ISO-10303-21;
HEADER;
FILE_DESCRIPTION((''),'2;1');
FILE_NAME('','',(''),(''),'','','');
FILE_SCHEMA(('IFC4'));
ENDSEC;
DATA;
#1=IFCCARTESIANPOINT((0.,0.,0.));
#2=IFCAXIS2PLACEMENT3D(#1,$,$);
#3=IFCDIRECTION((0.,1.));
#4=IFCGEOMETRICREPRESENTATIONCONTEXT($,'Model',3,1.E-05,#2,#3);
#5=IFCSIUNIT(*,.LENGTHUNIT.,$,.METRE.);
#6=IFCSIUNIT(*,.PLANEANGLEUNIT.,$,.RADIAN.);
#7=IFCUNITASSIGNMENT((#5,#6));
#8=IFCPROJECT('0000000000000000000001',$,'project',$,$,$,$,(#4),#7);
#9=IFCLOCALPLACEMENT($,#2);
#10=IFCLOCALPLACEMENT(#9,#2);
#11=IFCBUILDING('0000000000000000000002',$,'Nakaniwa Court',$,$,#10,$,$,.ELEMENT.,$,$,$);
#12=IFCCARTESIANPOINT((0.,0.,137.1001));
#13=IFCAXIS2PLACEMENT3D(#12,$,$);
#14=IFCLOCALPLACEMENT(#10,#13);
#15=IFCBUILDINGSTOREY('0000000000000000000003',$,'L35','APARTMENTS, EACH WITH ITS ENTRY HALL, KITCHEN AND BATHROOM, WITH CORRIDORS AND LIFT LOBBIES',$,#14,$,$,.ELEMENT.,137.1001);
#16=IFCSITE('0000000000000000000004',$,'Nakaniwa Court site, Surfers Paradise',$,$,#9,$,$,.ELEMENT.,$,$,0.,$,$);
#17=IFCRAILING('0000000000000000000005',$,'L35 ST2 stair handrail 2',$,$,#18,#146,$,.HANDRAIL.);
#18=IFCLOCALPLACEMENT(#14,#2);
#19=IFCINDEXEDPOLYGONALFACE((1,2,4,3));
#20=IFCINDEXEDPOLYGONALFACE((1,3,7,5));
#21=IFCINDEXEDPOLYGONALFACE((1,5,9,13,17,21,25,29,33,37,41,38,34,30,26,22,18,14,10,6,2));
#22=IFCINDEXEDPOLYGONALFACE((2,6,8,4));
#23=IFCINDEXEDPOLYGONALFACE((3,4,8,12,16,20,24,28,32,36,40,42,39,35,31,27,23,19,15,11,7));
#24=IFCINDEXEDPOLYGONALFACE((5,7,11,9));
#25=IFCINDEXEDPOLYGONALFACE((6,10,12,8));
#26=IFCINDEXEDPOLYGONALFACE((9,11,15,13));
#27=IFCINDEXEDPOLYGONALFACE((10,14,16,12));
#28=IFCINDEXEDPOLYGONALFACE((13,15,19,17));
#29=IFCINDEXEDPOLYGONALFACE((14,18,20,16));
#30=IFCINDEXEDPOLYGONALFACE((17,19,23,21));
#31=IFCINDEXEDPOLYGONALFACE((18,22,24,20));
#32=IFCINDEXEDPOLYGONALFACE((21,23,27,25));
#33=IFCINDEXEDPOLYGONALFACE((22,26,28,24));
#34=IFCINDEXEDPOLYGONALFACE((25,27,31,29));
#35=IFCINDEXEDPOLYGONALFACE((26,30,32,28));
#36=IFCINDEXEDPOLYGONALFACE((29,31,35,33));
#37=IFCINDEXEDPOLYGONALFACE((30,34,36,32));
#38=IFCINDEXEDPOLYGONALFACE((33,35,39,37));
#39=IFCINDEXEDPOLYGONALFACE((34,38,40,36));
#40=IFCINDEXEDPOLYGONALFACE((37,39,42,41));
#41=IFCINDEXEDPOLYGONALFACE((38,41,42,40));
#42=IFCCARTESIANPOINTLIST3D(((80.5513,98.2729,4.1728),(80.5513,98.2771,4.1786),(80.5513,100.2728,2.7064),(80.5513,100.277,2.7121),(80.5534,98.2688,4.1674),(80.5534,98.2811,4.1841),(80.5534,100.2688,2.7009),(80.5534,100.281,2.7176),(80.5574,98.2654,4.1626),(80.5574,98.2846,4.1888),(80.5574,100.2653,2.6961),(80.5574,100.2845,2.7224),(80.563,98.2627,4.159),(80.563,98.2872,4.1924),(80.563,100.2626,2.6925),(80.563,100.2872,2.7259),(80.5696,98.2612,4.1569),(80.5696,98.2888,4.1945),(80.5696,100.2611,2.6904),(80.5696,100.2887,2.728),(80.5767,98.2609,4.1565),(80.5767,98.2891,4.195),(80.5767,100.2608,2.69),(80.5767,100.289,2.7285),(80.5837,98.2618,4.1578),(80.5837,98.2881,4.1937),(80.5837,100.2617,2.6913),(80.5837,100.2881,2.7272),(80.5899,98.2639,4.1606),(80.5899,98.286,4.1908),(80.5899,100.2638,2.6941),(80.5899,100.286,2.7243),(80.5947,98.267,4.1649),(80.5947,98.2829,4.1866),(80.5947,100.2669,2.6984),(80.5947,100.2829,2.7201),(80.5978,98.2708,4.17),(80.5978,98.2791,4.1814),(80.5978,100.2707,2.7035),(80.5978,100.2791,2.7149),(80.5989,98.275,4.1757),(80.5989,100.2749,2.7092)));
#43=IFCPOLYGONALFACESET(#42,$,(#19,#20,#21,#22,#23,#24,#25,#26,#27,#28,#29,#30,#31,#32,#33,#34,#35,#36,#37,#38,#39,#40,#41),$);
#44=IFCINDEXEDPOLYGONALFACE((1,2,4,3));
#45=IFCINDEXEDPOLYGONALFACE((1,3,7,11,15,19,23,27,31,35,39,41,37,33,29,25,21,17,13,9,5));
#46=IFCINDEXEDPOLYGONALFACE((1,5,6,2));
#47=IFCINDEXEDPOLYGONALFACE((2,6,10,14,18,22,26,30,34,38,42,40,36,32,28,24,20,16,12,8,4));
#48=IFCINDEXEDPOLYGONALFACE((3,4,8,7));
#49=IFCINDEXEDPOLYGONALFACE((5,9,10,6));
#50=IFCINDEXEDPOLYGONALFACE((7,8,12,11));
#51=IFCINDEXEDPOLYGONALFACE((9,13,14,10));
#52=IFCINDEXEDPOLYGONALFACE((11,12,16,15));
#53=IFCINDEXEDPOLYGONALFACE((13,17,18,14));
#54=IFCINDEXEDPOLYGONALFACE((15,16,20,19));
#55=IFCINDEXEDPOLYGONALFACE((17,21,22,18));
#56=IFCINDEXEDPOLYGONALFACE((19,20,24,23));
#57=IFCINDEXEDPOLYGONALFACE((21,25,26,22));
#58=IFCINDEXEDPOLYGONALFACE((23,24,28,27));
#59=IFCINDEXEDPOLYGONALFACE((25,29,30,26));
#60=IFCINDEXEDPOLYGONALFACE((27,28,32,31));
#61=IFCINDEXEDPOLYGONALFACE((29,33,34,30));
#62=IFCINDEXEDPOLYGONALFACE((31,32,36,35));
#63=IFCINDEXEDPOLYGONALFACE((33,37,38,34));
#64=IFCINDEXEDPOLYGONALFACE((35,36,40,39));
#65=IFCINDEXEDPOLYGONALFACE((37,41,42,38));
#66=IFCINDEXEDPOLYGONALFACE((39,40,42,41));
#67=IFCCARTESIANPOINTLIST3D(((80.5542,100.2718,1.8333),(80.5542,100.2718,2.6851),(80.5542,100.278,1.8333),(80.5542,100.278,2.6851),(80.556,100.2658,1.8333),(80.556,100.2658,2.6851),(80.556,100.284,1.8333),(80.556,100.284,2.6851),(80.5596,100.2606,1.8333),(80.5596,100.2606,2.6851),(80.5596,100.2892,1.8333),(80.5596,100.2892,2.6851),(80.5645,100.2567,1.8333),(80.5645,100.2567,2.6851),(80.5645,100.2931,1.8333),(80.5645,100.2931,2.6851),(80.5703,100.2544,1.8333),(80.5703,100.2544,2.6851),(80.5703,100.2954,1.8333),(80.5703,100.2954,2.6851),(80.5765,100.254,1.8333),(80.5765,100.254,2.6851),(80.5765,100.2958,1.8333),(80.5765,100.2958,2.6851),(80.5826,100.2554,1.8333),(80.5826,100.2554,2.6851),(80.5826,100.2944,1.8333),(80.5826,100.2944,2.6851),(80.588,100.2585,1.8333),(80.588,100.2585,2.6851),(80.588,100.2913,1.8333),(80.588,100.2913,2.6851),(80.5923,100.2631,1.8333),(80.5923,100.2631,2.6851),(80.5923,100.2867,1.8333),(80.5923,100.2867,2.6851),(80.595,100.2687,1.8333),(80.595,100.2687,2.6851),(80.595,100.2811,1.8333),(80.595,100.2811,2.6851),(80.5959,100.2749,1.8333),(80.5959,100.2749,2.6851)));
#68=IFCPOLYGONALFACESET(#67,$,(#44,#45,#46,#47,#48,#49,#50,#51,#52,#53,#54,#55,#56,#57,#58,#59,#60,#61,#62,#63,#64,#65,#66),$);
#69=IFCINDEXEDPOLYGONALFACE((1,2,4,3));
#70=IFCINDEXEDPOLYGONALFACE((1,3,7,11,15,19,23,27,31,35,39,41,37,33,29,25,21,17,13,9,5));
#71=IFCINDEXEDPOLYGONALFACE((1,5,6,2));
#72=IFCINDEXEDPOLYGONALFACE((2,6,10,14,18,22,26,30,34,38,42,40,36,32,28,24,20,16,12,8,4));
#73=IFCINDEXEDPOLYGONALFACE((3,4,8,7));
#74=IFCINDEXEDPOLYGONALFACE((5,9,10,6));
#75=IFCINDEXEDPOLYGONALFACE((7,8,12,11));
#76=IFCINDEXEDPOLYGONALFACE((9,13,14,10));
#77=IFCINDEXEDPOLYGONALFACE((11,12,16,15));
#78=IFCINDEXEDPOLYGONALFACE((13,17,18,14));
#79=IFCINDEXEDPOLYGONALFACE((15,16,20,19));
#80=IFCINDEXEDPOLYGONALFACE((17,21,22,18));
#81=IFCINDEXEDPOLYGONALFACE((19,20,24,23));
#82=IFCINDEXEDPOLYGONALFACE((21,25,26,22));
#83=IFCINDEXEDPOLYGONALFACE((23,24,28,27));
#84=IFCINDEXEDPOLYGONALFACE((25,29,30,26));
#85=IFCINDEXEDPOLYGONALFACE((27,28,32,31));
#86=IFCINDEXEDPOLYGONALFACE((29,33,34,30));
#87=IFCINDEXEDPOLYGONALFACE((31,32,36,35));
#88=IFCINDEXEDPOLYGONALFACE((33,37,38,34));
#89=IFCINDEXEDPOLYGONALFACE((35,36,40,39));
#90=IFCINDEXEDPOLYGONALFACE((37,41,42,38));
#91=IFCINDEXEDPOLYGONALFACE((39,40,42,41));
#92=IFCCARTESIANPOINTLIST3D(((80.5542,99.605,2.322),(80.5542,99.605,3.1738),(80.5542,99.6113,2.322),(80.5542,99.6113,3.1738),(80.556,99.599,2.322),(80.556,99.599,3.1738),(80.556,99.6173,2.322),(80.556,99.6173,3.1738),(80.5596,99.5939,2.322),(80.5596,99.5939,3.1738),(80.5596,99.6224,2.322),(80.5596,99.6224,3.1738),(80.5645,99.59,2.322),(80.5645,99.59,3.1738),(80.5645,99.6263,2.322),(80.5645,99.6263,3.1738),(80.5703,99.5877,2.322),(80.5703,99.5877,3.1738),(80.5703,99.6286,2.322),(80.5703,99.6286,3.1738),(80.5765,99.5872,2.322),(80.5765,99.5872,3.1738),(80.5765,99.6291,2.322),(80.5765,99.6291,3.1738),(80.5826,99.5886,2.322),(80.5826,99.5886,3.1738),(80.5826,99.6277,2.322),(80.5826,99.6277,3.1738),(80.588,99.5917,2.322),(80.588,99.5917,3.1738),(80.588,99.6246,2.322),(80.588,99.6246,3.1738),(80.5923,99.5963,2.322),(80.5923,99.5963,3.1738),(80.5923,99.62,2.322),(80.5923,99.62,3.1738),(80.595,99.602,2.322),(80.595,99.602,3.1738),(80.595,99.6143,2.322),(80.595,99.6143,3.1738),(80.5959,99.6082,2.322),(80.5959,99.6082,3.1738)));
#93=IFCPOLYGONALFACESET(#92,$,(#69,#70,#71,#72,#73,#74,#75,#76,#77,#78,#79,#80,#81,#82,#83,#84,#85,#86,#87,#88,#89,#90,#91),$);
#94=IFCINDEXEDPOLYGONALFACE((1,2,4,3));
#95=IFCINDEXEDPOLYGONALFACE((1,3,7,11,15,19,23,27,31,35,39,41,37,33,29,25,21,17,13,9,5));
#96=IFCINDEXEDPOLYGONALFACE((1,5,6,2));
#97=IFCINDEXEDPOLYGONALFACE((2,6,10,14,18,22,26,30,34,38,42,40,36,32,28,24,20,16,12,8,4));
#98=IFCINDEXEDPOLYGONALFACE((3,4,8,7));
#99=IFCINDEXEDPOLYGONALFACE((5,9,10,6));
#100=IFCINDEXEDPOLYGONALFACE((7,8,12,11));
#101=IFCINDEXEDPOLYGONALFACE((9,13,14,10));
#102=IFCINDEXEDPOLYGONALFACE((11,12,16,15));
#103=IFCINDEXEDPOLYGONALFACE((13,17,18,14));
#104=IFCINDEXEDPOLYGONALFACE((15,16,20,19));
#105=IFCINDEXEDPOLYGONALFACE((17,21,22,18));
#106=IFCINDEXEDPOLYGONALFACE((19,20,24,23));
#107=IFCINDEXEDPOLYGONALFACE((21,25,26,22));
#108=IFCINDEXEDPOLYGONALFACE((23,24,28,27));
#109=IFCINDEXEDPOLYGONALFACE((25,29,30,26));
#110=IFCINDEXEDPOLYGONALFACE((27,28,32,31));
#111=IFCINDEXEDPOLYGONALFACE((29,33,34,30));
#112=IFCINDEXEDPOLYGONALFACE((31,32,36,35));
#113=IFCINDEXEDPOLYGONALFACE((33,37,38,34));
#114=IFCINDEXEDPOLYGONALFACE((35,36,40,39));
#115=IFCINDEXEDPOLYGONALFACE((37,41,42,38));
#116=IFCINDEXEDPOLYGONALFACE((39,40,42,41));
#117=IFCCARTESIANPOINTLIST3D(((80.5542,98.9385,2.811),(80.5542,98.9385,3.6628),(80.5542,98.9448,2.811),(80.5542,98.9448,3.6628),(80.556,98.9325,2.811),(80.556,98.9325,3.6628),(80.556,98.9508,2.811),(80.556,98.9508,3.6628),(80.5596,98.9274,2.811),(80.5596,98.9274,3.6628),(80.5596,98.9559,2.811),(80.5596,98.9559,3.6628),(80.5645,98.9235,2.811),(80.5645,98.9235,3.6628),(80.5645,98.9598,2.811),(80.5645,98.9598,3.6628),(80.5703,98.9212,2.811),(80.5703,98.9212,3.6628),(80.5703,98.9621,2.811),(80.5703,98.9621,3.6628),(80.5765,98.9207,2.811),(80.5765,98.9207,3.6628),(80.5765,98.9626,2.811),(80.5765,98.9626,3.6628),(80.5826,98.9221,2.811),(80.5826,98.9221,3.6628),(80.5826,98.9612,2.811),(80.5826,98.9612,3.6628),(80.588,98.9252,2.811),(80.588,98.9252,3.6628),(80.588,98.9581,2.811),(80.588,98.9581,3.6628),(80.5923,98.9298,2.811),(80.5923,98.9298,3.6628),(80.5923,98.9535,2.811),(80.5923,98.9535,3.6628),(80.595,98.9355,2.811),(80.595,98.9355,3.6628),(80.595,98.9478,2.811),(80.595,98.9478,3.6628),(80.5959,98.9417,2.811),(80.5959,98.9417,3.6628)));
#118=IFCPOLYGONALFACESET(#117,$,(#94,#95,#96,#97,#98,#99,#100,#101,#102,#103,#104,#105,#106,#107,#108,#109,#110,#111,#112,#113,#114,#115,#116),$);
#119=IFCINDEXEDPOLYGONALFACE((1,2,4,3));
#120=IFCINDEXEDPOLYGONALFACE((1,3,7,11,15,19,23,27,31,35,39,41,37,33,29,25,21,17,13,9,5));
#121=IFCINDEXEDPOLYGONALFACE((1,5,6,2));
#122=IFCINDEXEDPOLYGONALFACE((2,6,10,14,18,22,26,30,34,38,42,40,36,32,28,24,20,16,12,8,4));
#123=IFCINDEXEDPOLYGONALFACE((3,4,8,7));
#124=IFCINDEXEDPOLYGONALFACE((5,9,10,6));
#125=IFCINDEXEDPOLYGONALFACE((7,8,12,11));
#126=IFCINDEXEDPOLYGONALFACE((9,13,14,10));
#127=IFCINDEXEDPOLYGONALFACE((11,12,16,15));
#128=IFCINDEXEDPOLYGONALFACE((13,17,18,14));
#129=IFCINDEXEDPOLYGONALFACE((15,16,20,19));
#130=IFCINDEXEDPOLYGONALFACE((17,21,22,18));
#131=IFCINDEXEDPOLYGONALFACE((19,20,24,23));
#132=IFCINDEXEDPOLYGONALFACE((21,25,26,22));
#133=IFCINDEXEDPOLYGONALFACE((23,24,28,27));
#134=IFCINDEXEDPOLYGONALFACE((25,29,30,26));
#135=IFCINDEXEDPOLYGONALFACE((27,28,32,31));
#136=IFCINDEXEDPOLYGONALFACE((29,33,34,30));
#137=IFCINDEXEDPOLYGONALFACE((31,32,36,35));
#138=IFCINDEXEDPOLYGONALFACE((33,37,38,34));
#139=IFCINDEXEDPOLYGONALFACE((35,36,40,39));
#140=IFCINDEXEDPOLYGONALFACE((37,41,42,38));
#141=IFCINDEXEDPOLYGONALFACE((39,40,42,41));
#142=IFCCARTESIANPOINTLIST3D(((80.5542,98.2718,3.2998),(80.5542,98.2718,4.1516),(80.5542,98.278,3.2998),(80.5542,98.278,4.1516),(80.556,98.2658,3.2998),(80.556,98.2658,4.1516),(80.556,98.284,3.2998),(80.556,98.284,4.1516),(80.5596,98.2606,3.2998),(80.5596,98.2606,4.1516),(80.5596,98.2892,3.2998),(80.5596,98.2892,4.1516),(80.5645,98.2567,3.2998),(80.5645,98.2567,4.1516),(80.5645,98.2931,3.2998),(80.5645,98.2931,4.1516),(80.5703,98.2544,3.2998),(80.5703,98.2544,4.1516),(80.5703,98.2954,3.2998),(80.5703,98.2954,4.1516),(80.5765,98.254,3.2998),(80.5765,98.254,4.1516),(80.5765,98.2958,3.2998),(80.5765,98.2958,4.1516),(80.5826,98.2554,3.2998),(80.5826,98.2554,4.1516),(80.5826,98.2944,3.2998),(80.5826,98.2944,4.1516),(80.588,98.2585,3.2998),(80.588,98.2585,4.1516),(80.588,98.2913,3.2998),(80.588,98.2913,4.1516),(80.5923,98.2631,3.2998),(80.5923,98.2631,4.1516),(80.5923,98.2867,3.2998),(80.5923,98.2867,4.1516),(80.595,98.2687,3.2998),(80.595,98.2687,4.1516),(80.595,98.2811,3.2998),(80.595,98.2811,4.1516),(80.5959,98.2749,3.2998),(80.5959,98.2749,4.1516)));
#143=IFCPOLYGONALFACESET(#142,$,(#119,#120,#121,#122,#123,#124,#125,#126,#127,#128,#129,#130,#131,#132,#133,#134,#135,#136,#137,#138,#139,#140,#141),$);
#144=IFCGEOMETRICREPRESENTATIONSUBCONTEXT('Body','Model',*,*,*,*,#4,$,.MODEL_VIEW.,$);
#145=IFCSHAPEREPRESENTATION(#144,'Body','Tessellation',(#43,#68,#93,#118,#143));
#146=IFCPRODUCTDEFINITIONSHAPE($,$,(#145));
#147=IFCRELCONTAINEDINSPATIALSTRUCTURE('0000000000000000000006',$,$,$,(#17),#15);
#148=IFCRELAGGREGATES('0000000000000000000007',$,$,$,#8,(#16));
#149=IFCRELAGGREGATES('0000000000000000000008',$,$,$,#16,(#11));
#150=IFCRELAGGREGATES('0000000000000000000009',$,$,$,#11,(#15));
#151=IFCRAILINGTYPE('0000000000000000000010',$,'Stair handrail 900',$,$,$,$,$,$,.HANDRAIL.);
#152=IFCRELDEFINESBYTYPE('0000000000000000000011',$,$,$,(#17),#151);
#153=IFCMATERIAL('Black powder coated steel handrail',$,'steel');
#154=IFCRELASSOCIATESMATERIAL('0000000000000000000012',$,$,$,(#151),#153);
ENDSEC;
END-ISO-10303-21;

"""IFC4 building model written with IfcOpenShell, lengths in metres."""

from ifc_helpers import new_model, si_unit, direction, frame, origin, origin_2d, place, context, subcontext, project, spatial, circle, extrude, material, type_object, element, save


model = new_model("IFC4")

# Units and contexts
model_context = context("Model", 3, precision=1e-05, world=origin(), true_north=direction((0.0, 1.0)))
body_context = subcontext(model_context, "Body", "Model", "MODEL_VIEW")
ifc_project = project(units=[si_unit("LENGTHUNIT", "METRE"), si_unit("PLANEANGLEUNIT", "RADIAN")], contexts=[model_context])

# Site, building, storey
site_placement = place(None, origin())
site = spatial("IfcSite", under=ifc_project, at=site_placement, Name="Nakaniwa Court site, Surfers Paradise", CompositionType="ELEMENT", RefElevation=0.0)
building_placement = place(site_placement, origin())
building = spatial("IfcBuilding", under=site, at=building_placement, Name="Nakaniwa Court", CompositionType="ELEMENT")
storey_placement = place(building_placement, frame((0.0, 0.0, 137.1001)))
storey = spatial("IfcBuildingStorey", under=building, at=storey_placement, Name="L35", Description="APARTMENTS, EACH WITH ITS ENTRY HALL, KITCHEN AND BATHROOM, WITH CORRIDORS AND LIFT LOBBIES", CompositionType="ELEMENT", Elevation=137.1001)

# Railing
ifc_material_1 = material(Name="Black powder coated steel handrail", Category="steel")
railing_type_1 = type_object("IfcRailingType", Name="Stair handrail 900", PredefinedType="HANDRAIL", material=ifc_material_1)
railing_1_placement = place(storey_placement, frame((80.575, 100.2749, 1.8333)))
element("IfcRailing", 1, at=railing_1_placement, inside=storey, type_object=railing_type_1, Name="L35 ST2 stair handrail 2", PredefinedType="HANDRAIL", context=body_context, shape_type="SweptSolid", body=[
    extrude(circle(Radius=0.0239, at=origin_2d()), frame((0.0, 0.0, 0.876), z_axis=(0.0, -0.806427, 0.591334), x_axis=(1.0, 0.0, 0.0)), (0.0, 0.0, 1.0), 2.48),
    extrude(circle(Radius=0.021, at=origin_2d()), origin(), (0.0, 0.0, 1.0), 0.8518),
    extrude(circle(Radius=0.021, at=origin_2d()), frame((0.0, -0.6667, 0.4888)), (0.0, 0.0, 1.0), 0.8518),
    extrude(circle(Radius=0.021, at=origin_2d()), frame((0.0, -1.3333, 0.9778)), (0.0, 0.0, 1.0), 0.8518),
    extrude(circle(Radius=0.021, at=origin_2d()), frame((0.0, -2.0, 1.4666)), (0.0, 0.0, 1.0), 0.8518),
])

save(model, "model.ifc")
